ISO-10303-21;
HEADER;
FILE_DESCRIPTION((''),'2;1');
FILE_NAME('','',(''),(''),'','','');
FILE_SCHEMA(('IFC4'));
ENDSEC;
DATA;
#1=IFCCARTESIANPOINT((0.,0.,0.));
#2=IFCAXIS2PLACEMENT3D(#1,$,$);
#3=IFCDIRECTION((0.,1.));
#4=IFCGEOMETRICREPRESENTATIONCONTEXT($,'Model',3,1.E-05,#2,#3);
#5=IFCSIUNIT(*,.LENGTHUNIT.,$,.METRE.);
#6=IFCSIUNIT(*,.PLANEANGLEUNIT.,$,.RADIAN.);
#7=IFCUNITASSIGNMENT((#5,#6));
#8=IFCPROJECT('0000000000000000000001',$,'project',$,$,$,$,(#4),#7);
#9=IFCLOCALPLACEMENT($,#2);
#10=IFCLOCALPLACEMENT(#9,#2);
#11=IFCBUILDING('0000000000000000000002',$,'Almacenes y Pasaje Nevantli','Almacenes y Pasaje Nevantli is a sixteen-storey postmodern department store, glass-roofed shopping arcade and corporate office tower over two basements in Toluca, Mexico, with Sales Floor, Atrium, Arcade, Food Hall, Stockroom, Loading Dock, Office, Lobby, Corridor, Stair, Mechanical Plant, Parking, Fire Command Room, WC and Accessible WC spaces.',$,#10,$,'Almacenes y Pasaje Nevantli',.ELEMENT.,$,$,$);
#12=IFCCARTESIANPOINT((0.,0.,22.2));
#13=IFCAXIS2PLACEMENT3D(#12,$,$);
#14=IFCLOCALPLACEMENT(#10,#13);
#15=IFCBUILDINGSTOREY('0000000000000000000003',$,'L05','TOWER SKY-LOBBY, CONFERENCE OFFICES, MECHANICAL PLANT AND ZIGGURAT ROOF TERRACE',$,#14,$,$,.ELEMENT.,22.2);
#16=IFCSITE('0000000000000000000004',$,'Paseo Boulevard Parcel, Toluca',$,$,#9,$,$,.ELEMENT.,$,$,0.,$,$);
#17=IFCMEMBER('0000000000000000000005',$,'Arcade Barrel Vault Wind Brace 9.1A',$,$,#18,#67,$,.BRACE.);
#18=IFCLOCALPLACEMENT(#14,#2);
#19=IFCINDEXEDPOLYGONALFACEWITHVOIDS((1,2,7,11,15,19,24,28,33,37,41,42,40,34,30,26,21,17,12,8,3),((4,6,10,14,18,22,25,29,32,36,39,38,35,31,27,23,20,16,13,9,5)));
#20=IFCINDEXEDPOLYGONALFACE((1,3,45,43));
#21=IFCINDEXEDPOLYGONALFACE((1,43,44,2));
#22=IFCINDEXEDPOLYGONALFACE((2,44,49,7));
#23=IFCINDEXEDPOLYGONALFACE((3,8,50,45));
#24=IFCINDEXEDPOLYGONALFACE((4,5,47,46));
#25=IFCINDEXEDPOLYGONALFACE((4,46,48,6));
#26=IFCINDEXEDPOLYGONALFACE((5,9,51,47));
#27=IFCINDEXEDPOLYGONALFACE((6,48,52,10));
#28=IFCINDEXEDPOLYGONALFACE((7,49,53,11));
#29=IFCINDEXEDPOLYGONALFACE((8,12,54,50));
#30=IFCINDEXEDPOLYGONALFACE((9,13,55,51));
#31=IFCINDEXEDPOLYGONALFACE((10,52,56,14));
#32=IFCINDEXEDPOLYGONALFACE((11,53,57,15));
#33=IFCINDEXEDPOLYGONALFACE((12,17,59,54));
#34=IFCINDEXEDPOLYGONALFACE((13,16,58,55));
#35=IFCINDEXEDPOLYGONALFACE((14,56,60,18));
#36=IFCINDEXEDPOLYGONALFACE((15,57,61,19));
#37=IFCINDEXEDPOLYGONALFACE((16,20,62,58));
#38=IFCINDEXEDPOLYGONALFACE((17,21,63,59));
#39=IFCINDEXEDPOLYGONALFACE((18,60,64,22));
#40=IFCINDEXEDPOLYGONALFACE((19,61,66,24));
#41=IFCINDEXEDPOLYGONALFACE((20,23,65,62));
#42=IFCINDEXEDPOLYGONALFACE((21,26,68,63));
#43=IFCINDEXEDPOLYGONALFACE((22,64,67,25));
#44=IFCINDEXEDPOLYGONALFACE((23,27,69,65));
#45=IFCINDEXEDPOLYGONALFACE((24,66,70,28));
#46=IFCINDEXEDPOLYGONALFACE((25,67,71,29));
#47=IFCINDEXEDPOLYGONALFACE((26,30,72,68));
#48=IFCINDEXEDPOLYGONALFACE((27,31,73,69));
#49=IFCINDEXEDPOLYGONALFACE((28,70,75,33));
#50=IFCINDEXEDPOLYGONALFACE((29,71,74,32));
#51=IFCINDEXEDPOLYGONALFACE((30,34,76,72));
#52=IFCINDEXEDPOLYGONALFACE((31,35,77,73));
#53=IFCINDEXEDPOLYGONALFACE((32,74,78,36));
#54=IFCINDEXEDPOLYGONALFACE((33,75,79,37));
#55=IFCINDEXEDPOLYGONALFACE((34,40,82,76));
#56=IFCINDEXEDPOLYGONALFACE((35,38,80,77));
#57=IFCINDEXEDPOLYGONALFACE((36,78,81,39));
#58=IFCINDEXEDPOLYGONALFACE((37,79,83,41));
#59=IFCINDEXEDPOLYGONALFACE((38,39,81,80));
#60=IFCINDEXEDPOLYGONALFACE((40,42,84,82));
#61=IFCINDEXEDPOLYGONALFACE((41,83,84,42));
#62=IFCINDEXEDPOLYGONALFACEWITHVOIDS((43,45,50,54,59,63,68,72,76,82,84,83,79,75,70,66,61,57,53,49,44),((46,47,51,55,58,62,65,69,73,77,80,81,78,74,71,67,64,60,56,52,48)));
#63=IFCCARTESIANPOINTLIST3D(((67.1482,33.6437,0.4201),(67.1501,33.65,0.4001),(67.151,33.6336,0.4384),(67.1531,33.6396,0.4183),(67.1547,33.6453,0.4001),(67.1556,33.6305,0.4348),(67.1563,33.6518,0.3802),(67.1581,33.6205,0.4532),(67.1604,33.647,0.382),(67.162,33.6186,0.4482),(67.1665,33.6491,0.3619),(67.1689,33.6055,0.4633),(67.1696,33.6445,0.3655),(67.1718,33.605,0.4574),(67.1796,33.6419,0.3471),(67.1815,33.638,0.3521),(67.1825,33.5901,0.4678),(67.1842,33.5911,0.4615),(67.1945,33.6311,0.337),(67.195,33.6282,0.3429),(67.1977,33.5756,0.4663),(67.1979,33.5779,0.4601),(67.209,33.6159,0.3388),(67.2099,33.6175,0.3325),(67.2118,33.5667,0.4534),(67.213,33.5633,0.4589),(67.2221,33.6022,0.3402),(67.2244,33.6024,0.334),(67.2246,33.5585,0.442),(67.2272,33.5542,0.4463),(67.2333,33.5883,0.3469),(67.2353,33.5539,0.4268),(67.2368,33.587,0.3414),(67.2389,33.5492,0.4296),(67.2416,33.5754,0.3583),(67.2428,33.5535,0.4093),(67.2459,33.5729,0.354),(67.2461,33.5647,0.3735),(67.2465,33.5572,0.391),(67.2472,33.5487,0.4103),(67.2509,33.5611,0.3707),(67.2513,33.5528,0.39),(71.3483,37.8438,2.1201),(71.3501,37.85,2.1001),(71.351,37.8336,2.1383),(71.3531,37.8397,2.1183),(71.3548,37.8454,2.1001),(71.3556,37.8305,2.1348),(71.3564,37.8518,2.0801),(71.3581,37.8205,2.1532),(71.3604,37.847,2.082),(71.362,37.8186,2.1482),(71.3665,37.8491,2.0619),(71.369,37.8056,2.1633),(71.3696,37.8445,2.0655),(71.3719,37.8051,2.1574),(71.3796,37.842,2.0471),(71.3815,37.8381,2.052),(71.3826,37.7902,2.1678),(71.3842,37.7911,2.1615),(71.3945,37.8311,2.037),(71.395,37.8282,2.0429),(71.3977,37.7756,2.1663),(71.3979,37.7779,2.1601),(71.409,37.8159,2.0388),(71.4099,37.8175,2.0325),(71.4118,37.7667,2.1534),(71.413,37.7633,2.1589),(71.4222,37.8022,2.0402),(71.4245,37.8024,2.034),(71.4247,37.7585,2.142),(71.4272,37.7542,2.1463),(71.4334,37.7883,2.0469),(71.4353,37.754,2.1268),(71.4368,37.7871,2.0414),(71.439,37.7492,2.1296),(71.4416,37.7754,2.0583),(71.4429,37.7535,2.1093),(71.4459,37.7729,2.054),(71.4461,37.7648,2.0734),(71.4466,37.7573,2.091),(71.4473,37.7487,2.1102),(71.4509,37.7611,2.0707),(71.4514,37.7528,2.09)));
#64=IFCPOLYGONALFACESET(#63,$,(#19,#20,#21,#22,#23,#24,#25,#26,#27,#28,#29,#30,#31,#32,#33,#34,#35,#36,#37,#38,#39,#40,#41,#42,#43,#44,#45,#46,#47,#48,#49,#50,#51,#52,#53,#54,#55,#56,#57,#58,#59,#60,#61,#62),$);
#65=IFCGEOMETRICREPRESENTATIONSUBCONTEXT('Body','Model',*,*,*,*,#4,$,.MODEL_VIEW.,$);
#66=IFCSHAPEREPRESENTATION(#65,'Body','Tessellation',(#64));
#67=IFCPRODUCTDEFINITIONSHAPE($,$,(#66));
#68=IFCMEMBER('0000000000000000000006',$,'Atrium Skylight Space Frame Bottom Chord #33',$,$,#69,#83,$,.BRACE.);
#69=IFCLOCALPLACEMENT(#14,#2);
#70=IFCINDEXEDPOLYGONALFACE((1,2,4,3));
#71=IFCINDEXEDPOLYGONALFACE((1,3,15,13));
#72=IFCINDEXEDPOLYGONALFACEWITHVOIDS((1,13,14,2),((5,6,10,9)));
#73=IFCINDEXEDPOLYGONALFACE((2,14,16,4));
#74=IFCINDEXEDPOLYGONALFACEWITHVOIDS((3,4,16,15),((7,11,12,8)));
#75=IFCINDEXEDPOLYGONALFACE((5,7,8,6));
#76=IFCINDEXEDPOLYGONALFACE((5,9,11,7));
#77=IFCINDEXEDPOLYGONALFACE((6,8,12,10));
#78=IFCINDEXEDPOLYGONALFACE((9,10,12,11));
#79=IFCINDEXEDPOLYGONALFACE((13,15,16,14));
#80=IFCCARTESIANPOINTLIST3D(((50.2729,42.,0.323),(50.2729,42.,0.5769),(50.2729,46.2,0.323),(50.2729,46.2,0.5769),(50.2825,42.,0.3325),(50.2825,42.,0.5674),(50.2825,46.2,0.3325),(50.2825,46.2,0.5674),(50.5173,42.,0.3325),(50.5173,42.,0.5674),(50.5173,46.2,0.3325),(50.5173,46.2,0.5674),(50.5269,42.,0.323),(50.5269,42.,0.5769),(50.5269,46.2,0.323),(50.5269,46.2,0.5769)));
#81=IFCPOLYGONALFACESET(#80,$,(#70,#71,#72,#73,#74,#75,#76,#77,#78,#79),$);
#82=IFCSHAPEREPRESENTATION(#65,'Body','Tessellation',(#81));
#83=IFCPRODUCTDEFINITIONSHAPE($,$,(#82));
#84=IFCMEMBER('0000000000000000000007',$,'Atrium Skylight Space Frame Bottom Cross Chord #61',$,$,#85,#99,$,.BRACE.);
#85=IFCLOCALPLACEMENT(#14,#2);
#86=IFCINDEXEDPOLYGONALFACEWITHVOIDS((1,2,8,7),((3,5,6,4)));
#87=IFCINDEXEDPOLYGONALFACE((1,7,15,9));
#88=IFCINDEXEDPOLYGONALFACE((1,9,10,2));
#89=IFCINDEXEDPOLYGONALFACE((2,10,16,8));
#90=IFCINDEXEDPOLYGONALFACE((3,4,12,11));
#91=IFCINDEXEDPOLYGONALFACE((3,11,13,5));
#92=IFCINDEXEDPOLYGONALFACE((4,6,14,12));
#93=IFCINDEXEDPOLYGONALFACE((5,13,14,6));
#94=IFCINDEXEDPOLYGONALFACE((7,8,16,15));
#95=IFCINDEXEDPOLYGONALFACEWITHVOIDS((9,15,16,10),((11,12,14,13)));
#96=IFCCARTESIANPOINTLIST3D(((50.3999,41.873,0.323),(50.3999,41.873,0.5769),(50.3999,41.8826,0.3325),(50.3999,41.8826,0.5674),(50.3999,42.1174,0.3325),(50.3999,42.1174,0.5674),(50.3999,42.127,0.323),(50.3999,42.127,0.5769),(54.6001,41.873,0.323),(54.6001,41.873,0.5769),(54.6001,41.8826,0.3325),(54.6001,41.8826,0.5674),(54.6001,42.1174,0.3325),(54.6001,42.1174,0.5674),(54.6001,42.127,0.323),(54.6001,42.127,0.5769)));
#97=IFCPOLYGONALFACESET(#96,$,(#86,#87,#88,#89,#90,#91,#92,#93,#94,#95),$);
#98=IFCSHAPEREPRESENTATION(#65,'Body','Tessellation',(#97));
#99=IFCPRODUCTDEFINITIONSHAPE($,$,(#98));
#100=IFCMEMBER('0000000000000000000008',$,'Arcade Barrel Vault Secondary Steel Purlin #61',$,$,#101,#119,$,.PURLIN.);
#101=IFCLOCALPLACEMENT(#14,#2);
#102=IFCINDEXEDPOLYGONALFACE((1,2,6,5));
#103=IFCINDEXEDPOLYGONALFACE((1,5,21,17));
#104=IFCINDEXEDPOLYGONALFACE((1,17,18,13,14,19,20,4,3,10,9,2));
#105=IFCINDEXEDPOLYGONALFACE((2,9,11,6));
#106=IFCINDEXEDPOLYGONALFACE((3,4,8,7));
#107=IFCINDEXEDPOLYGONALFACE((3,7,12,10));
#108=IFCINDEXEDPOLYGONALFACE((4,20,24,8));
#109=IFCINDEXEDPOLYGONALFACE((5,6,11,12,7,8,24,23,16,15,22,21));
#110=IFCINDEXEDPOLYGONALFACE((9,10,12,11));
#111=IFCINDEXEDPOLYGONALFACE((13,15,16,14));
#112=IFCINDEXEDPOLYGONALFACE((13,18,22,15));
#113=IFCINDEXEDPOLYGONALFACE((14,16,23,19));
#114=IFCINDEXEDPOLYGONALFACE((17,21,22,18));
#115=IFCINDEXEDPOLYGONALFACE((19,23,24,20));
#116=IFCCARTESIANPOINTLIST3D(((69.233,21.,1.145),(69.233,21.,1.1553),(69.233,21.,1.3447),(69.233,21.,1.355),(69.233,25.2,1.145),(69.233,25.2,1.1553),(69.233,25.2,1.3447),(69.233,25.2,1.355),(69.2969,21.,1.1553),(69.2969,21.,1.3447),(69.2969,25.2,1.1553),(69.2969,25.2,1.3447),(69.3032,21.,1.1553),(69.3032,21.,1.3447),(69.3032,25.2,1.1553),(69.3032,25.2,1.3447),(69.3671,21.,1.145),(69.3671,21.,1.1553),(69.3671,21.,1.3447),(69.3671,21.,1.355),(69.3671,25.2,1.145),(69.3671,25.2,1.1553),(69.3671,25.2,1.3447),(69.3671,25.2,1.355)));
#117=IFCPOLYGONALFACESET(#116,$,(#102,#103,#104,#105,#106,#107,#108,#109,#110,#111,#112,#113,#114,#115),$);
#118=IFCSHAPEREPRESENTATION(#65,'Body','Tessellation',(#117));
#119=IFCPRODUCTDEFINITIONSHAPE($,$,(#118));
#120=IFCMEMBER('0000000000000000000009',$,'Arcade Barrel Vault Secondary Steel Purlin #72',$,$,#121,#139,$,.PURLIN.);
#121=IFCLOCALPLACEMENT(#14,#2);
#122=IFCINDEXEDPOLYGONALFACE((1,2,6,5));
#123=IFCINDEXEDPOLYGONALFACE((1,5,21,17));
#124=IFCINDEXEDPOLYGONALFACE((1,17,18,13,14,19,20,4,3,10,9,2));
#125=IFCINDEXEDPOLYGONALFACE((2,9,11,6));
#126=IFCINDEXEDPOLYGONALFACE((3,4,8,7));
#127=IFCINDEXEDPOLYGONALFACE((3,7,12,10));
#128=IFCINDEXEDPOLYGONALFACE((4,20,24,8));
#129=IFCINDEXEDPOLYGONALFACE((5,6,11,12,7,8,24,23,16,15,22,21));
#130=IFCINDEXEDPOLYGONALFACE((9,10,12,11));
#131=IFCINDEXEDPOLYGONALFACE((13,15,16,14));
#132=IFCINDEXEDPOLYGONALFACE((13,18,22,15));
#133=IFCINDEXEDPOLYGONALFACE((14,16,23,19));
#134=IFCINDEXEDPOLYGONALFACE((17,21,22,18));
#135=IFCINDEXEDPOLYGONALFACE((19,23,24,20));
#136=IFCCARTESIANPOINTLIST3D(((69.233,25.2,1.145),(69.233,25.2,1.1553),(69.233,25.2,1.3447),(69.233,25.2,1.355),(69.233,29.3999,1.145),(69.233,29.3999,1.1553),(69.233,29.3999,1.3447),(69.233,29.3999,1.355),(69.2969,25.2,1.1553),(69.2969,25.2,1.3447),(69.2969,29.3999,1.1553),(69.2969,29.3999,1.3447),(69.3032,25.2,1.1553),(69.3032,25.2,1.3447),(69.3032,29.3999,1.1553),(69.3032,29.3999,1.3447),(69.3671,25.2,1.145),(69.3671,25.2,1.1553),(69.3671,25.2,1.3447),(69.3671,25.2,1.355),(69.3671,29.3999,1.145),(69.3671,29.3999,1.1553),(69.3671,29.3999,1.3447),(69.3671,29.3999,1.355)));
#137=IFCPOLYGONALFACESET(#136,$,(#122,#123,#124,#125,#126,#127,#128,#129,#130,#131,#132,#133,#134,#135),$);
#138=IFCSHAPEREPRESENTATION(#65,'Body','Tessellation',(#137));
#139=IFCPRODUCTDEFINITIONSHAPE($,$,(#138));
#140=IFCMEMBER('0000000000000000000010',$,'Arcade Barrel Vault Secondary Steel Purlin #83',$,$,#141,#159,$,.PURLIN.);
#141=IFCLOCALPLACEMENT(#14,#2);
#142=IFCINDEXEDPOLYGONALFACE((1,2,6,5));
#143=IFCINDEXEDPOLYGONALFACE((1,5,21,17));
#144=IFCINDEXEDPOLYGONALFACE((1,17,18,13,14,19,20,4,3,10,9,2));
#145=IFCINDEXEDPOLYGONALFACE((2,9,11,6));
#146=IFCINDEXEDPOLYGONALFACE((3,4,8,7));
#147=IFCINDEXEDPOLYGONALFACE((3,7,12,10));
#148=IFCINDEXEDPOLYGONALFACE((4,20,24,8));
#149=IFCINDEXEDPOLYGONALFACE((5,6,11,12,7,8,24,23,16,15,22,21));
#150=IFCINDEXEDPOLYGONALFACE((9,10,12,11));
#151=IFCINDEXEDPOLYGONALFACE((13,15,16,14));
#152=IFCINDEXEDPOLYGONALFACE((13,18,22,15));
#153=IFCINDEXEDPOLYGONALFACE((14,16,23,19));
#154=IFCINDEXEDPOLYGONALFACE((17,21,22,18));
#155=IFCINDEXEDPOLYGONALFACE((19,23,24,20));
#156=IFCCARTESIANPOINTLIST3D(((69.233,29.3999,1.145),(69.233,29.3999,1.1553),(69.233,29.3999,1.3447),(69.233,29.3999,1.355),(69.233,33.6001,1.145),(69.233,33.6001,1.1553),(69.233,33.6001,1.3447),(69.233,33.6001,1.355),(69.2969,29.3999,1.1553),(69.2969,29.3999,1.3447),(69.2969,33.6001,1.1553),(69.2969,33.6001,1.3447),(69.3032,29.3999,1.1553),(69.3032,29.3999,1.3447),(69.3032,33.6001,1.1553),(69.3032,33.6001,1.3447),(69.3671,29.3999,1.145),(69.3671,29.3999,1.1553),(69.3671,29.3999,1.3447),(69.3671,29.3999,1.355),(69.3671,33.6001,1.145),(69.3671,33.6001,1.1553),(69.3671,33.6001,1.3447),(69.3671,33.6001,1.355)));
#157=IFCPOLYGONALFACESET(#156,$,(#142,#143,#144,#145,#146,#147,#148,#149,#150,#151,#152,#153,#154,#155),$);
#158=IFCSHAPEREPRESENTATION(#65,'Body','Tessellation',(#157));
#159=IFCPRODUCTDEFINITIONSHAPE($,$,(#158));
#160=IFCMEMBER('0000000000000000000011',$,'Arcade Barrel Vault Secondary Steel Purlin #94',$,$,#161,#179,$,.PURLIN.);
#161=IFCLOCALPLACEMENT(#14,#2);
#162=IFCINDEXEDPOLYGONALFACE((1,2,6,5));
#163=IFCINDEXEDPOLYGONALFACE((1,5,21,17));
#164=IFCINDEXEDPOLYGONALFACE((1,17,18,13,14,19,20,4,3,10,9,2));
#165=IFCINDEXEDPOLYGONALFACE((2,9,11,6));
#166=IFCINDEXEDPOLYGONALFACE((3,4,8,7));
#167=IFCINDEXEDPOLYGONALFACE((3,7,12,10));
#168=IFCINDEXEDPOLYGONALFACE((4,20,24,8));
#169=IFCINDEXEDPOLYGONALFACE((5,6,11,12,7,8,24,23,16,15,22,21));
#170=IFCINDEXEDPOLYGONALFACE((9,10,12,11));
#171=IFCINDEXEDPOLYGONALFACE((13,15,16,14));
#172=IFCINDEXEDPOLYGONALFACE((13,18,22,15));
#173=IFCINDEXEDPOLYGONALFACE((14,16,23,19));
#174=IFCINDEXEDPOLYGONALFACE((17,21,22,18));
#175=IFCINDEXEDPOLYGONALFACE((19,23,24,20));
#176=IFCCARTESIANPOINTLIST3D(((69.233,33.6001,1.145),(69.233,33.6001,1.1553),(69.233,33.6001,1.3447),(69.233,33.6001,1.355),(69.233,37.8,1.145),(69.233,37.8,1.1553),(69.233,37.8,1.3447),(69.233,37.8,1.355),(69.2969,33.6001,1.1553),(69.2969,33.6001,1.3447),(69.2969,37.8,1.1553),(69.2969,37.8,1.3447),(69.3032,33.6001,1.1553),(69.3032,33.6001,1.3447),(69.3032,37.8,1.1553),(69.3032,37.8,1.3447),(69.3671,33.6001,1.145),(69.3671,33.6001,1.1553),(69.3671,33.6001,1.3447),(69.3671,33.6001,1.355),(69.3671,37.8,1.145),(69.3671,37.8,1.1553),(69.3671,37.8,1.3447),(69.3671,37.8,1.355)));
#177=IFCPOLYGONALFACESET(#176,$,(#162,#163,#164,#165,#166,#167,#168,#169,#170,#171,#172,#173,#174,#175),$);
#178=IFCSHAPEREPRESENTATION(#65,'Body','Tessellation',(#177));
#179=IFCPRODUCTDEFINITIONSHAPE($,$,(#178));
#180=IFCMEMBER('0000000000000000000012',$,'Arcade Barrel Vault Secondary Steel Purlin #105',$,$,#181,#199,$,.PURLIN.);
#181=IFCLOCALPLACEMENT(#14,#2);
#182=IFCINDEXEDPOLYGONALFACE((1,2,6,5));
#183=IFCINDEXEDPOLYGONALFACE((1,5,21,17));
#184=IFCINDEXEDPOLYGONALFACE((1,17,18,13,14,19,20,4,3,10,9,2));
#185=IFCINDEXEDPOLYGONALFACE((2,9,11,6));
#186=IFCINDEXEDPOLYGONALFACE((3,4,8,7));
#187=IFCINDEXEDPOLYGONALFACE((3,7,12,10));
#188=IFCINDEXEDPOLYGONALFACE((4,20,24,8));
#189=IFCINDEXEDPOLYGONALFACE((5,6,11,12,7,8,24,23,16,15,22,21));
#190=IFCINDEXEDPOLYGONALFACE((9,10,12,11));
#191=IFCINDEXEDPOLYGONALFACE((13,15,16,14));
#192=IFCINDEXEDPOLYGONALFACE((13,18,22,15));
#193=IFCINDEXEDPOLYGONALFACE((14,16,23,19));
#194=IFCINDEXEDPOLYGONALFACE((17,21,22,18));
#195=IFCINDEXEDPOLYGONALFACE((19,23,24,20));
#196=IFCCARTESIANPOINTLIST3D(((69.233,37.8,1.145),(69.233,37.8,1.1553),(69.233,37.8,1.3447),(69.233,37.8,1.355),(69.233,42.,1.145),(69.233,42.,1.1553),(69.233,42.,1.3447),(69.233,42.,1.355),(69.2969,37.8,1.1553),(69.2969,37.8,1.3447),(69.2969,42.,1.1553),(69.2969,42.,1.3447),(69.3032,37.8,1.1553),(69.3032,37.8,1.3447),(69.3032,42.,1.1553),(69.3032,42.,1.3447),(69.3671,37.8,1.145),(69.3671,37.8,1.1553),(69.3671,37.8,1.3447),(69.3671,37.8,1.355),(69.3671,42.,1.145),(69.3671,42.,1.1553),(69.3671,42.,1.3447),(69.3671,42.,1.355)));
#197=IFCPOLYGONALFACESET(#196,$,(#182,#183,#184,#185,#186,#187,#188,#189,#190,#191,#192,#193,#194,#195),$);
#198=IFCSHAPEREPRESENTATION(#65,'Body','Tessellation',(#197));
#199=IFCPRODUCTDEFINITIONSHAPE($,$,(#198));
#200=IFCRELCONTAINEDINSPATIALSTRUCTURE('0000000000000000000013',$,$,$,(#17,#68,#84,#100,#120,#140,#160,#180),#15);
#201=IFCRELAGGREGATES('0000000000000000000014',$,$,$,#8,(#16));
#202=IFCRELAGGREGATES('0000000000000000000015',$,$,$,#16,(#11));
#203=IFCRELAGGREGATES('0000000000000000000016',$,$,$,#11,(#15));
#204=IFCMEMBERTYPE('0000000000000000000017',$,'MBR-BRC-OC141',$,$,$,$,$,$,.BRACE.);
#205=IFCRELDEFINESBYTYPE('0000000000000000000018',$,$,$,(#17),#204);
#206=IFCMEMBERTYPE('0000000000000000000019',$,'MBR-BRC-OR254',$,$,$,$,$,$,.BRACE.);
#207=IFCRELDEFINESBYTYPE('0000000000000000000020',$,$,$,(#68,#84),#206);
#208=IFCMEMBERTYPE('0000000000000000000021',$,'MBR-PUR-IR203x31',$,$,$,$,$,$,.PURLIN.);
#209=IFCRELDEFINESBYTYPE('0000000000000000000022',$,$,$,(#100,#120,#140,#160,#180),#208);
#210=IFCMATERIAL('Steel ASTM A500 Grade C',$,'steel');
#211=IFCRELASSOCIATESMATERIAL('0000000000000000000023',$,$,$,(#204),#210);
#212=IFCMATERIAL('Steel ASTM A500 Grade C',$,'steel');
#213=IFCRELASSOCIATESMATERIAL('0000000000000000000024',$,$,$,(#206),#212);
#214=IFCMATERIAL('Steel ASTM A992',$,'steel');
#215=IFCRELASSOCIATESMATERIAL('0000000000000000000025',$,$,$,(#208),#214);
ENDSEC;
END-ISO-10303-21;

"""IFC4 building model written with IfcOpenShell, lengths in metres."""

from ifc_helpers import new_model, si_unit, direction, frame, origin, origin_2d, place, context, subcontext, project, spatial, hollow_rectangle, hollow_circle, i_section, extrude, material, material_profile, profile_set, type_object, element, save


model = new_model("IFC4")

# Units and contexts
model_context = context("Model", 3, precision=1e-05, world=origin(), true_north=direction((0.0, 1.0)))
body_context = subcontext(model_context, "Body", "Model", "MODEL_VIEW")
ifc_project = project(units=[si_unit("LENGTHUNIT", "METRE"), si_unit("PLANEANGLEUNIT", "RADIAN")], contexts=[model_context])

# Site, building, storey
site_placement = place(None, origin())
site = spatial("IfcSite", under=ifc_project, at=site_placement, Name="Paseo Boulevard Parcel, Toluca", CompositionType="ELEMENT", RefElevation=0.0)
building_placement = place(site_placement, origin())
building = spatial("IfcBuilding", under=site, at=building_placement, Name="Almacenes y Pasaje Nevantli", Description="Almacenes y Pasaje Nevantli is a sixteen-storey postmodern department store, glass-roofed shopping arcade and corporate office tower over two basements in Toluca, Mexico, with Sales Floor, Atrium, Arcade, Food Hall, Stockroom, Loading Dock, Office, Lobby, Corridor, Stair, Mechanical Plant, Parking, Fire Command Room, WC and Accessible WC spaces.", LongName="Almacenes y Pasaje Nevantli", CompositionType="ELEMENT")
storey_placement = place(building_placement, frame((0.0, 0.0, 22.2)))
storey = spatial("IfcBuildingStorey", under=building, at=storey_placement, Name="L05", Description="TOWER SKY-LOBBY, CONFERENCE OFFICES, MECHANICAL PLANT AND ZIGGURAT ROOF TERRACE", CompositionType="ELEMENT", Elevation=22.2)

# Members
ifc_material_1 = material(Name="Steel ASTM A500 Grade C", Category="steel")
ifc_material_profile_1 = material_profile(ifc_material_1, hollow_circle(Radius=0.0706, WallThickness=0.0066, at=origin_2d()), Name="OC 141x6.6")
ifc_profile_set_1 = profile_set([ifc_material_profile_1], Name="Steel ASTM A500 Grade C")
member_type_1 = type_object("IfcMemberType", Name="MBR-BRC-OC141", PredefinedType="BRACE", material=ifc_profile_set_1)
for number, where, z_axis, x_axis, name in (
    (1, (67.2, 33.6001, 0.4001), (0.679812, 0.679812, 0.275157), (-0.707107, 0.707107, 0.0), "Arcade Barrel Vault Wind Brace 9.1A"),
):
    element("IfcMember", number, at=place(storey_placement, frame(where, z_axis=z_axis, x_axis=x_axis)), inside=storey, type_object=member_type_1, Name=name, PredefinedType="BRACE", context=body_context, shape_type="SweptSolid", body=[
        extrude(hollow_circle(Radius=0.0706, WallThickness=0.0066, at=origin_2d()), origin(), (0.0, 0.0, 1.0), 6.1782),
    ])
ifc_material_2 = material(Name="Steel ASTM A500 Grade C", Category="steel")
ifc_material_profile_2 = material_profile(ifc_material_2, hollow_rectangle(XDim=0.2539, YDim=0.2539, WallThickness=0.0095, at=origin_2d()), Name="OR 254x254x9.5")
ifc_profile_set_2 = profile_set([ifc_material_profile_2], Name="Steel ASTM A500 Grade C")
member_type_2 = type_object("IfcMemberType", Name="MBR-BRC-OR254", PredefinedType="BRACE", material=ifc_profile_set_2)
member_1_placement = place(storey_placement, frame((50.3999, 42.0, 0.45), z_axis=(0.0, 1.0, 0.0), x_axis=(-1.0, 0.0, 0.0)))
element("IfcMember", 2, at=member_1_placement, inside=storey, type_object=member_type_2, Name="Atrium Skylight Space Frame Bottom Chord #33", PredefinedType="BRACE", context=body_context, shape_type="SweptSolid", body=[
    extrude(hollow_rectangle(XDim=0.2539, YDim=0.2539, WallThickness=0.0095, at=origin_2d()), origin(), (0.0, 0.0, 1.0), 4.2),
])
member_2_placement = place(storey_placement, frame((50.3999, 42.0, 0.45), z_axis=(1.0, 0.0, 0.0), x_axis=(0.0, 1.0, 0.0)))
element("IfcMember", 3, at=member_2_placement, inside=storey, type_object=member_type_2, Name="Atrium Skylight Space Frame Bottom Cross Chord #61", PredefinedType="BRACE", context=body_context, shape_type="SweptSolid", body=[
    extrude(hollow_rectangle(XDim=0.2539, YDim=0.2539, WallThickness=0.0095, at=origin_2d()), origin(), (0.0, 0.0, 1.0), 4.2002),
])
ifc_material_3 = material(Name="Steel ASTM A992", Category="steel")
ifc_material_profile_3 = material_profile(ifc_material_3, i_section(OverallWidth=0.134, OverallDepth=0.21, WebThickness=0.0063, FlangeThickness=0.0103, at=origin_2d()), Name="IR 203x31.3")
ifc_profile_set_3 = profile_set([ifc_material_profile_3], Name="Steel ASTM A992")
member_type_3 = type_object("IfcMemberType", Name="MBR-PUR-IR203x31", PredefinedType="PURLIN", material=ifc_profile_set_3)
for number, where, z_axis, x_axis, name in (
    (4, (69.3, 21.0, 1.25), (0.0, 1.0, 0.0), (-1.0, 0.0, 0.0), "Arcade Barrel Vault Secondary Steel Purlin #61"),
    (5, (69.3, 25.2, 1.25), (0.0, 1.0, 0.0), (-1.0, 0.0, 0.0), "Arcade Barrel Vault Secondary Steel Purlin #72"),
):
    element("IfcMember", number, at=place(storey_placement, frame(where, z_axis=z_axis, x_axis=x_axis)), inside=storey, type_object=member_type_3, Name=name, PredefinedType="PURLIN", context=body_context, shape_type="SweptSolid", body=[
        extrude(i_section(OverallWidth=0.134, OverallDepth=0.21, WebThickness=0.0063, FlangeThickness=0.0103, at=origin_2d()), origin(), (0.0, 0.0, 1.0), 4.2),
    ])
member_3_placement = place(storey_placement, frame((69.3, 29.3999, 1.25), z_axis=(0.0, 1.0, 0.0), x_axis=(-1.0, 0.0, 0.0)))
element("IfcMember", 6, at=member_3_placement, inside=storey, type_object=member_type_3, Name="Arcade Barrel Vault Secondary Steel Purlin #83", PredefinedType="PURLIN", context=body_context, shape_type="SweptSolid", body=[
    extrude(i_section(OverallWidth=0.134, OverallDepth=0.21, WebThickness=0.0063, FlangeThickness=0.0103, at=origin_2d()), origin(), (0.0, 0.0, 1.0), 4.2002),
])
for number, where, z_axis, x_axis, name in (
    (7, (69.3, 33.6001, 1.25), (0.0, 1.0, 0.0), (-1.0, 0.0, 0.0), "Arcade Barrel Vault Secondary Steel Purlin #94"),
    (8, (69.3, 37.8, 1.25), (0.0, 1.0, 0.0), (-1.0, 0.0, 0.0), "Arcade Barrel Vault Secondary Steel Purlin #105"),
):
    element("IfcMember", number, at=place(storey_placement, frame(where, z_axis=z_axis, x_axis=x_axis)), inside=storey, type_object=member_type_3, Name=name, PredefinedType="PURLIN", context=body_context, shape_type="SweptSolid", body=[
        extrude(i_section(OverallWidth=0.134, OverallDepth=0.21, WebThickness=0.0063, FlangeThickness=0.0103, at=origin_2d()), origin(), (0.0, 0.0, 1.0), 4.2),
    ])

save(model, "model.ifc")
